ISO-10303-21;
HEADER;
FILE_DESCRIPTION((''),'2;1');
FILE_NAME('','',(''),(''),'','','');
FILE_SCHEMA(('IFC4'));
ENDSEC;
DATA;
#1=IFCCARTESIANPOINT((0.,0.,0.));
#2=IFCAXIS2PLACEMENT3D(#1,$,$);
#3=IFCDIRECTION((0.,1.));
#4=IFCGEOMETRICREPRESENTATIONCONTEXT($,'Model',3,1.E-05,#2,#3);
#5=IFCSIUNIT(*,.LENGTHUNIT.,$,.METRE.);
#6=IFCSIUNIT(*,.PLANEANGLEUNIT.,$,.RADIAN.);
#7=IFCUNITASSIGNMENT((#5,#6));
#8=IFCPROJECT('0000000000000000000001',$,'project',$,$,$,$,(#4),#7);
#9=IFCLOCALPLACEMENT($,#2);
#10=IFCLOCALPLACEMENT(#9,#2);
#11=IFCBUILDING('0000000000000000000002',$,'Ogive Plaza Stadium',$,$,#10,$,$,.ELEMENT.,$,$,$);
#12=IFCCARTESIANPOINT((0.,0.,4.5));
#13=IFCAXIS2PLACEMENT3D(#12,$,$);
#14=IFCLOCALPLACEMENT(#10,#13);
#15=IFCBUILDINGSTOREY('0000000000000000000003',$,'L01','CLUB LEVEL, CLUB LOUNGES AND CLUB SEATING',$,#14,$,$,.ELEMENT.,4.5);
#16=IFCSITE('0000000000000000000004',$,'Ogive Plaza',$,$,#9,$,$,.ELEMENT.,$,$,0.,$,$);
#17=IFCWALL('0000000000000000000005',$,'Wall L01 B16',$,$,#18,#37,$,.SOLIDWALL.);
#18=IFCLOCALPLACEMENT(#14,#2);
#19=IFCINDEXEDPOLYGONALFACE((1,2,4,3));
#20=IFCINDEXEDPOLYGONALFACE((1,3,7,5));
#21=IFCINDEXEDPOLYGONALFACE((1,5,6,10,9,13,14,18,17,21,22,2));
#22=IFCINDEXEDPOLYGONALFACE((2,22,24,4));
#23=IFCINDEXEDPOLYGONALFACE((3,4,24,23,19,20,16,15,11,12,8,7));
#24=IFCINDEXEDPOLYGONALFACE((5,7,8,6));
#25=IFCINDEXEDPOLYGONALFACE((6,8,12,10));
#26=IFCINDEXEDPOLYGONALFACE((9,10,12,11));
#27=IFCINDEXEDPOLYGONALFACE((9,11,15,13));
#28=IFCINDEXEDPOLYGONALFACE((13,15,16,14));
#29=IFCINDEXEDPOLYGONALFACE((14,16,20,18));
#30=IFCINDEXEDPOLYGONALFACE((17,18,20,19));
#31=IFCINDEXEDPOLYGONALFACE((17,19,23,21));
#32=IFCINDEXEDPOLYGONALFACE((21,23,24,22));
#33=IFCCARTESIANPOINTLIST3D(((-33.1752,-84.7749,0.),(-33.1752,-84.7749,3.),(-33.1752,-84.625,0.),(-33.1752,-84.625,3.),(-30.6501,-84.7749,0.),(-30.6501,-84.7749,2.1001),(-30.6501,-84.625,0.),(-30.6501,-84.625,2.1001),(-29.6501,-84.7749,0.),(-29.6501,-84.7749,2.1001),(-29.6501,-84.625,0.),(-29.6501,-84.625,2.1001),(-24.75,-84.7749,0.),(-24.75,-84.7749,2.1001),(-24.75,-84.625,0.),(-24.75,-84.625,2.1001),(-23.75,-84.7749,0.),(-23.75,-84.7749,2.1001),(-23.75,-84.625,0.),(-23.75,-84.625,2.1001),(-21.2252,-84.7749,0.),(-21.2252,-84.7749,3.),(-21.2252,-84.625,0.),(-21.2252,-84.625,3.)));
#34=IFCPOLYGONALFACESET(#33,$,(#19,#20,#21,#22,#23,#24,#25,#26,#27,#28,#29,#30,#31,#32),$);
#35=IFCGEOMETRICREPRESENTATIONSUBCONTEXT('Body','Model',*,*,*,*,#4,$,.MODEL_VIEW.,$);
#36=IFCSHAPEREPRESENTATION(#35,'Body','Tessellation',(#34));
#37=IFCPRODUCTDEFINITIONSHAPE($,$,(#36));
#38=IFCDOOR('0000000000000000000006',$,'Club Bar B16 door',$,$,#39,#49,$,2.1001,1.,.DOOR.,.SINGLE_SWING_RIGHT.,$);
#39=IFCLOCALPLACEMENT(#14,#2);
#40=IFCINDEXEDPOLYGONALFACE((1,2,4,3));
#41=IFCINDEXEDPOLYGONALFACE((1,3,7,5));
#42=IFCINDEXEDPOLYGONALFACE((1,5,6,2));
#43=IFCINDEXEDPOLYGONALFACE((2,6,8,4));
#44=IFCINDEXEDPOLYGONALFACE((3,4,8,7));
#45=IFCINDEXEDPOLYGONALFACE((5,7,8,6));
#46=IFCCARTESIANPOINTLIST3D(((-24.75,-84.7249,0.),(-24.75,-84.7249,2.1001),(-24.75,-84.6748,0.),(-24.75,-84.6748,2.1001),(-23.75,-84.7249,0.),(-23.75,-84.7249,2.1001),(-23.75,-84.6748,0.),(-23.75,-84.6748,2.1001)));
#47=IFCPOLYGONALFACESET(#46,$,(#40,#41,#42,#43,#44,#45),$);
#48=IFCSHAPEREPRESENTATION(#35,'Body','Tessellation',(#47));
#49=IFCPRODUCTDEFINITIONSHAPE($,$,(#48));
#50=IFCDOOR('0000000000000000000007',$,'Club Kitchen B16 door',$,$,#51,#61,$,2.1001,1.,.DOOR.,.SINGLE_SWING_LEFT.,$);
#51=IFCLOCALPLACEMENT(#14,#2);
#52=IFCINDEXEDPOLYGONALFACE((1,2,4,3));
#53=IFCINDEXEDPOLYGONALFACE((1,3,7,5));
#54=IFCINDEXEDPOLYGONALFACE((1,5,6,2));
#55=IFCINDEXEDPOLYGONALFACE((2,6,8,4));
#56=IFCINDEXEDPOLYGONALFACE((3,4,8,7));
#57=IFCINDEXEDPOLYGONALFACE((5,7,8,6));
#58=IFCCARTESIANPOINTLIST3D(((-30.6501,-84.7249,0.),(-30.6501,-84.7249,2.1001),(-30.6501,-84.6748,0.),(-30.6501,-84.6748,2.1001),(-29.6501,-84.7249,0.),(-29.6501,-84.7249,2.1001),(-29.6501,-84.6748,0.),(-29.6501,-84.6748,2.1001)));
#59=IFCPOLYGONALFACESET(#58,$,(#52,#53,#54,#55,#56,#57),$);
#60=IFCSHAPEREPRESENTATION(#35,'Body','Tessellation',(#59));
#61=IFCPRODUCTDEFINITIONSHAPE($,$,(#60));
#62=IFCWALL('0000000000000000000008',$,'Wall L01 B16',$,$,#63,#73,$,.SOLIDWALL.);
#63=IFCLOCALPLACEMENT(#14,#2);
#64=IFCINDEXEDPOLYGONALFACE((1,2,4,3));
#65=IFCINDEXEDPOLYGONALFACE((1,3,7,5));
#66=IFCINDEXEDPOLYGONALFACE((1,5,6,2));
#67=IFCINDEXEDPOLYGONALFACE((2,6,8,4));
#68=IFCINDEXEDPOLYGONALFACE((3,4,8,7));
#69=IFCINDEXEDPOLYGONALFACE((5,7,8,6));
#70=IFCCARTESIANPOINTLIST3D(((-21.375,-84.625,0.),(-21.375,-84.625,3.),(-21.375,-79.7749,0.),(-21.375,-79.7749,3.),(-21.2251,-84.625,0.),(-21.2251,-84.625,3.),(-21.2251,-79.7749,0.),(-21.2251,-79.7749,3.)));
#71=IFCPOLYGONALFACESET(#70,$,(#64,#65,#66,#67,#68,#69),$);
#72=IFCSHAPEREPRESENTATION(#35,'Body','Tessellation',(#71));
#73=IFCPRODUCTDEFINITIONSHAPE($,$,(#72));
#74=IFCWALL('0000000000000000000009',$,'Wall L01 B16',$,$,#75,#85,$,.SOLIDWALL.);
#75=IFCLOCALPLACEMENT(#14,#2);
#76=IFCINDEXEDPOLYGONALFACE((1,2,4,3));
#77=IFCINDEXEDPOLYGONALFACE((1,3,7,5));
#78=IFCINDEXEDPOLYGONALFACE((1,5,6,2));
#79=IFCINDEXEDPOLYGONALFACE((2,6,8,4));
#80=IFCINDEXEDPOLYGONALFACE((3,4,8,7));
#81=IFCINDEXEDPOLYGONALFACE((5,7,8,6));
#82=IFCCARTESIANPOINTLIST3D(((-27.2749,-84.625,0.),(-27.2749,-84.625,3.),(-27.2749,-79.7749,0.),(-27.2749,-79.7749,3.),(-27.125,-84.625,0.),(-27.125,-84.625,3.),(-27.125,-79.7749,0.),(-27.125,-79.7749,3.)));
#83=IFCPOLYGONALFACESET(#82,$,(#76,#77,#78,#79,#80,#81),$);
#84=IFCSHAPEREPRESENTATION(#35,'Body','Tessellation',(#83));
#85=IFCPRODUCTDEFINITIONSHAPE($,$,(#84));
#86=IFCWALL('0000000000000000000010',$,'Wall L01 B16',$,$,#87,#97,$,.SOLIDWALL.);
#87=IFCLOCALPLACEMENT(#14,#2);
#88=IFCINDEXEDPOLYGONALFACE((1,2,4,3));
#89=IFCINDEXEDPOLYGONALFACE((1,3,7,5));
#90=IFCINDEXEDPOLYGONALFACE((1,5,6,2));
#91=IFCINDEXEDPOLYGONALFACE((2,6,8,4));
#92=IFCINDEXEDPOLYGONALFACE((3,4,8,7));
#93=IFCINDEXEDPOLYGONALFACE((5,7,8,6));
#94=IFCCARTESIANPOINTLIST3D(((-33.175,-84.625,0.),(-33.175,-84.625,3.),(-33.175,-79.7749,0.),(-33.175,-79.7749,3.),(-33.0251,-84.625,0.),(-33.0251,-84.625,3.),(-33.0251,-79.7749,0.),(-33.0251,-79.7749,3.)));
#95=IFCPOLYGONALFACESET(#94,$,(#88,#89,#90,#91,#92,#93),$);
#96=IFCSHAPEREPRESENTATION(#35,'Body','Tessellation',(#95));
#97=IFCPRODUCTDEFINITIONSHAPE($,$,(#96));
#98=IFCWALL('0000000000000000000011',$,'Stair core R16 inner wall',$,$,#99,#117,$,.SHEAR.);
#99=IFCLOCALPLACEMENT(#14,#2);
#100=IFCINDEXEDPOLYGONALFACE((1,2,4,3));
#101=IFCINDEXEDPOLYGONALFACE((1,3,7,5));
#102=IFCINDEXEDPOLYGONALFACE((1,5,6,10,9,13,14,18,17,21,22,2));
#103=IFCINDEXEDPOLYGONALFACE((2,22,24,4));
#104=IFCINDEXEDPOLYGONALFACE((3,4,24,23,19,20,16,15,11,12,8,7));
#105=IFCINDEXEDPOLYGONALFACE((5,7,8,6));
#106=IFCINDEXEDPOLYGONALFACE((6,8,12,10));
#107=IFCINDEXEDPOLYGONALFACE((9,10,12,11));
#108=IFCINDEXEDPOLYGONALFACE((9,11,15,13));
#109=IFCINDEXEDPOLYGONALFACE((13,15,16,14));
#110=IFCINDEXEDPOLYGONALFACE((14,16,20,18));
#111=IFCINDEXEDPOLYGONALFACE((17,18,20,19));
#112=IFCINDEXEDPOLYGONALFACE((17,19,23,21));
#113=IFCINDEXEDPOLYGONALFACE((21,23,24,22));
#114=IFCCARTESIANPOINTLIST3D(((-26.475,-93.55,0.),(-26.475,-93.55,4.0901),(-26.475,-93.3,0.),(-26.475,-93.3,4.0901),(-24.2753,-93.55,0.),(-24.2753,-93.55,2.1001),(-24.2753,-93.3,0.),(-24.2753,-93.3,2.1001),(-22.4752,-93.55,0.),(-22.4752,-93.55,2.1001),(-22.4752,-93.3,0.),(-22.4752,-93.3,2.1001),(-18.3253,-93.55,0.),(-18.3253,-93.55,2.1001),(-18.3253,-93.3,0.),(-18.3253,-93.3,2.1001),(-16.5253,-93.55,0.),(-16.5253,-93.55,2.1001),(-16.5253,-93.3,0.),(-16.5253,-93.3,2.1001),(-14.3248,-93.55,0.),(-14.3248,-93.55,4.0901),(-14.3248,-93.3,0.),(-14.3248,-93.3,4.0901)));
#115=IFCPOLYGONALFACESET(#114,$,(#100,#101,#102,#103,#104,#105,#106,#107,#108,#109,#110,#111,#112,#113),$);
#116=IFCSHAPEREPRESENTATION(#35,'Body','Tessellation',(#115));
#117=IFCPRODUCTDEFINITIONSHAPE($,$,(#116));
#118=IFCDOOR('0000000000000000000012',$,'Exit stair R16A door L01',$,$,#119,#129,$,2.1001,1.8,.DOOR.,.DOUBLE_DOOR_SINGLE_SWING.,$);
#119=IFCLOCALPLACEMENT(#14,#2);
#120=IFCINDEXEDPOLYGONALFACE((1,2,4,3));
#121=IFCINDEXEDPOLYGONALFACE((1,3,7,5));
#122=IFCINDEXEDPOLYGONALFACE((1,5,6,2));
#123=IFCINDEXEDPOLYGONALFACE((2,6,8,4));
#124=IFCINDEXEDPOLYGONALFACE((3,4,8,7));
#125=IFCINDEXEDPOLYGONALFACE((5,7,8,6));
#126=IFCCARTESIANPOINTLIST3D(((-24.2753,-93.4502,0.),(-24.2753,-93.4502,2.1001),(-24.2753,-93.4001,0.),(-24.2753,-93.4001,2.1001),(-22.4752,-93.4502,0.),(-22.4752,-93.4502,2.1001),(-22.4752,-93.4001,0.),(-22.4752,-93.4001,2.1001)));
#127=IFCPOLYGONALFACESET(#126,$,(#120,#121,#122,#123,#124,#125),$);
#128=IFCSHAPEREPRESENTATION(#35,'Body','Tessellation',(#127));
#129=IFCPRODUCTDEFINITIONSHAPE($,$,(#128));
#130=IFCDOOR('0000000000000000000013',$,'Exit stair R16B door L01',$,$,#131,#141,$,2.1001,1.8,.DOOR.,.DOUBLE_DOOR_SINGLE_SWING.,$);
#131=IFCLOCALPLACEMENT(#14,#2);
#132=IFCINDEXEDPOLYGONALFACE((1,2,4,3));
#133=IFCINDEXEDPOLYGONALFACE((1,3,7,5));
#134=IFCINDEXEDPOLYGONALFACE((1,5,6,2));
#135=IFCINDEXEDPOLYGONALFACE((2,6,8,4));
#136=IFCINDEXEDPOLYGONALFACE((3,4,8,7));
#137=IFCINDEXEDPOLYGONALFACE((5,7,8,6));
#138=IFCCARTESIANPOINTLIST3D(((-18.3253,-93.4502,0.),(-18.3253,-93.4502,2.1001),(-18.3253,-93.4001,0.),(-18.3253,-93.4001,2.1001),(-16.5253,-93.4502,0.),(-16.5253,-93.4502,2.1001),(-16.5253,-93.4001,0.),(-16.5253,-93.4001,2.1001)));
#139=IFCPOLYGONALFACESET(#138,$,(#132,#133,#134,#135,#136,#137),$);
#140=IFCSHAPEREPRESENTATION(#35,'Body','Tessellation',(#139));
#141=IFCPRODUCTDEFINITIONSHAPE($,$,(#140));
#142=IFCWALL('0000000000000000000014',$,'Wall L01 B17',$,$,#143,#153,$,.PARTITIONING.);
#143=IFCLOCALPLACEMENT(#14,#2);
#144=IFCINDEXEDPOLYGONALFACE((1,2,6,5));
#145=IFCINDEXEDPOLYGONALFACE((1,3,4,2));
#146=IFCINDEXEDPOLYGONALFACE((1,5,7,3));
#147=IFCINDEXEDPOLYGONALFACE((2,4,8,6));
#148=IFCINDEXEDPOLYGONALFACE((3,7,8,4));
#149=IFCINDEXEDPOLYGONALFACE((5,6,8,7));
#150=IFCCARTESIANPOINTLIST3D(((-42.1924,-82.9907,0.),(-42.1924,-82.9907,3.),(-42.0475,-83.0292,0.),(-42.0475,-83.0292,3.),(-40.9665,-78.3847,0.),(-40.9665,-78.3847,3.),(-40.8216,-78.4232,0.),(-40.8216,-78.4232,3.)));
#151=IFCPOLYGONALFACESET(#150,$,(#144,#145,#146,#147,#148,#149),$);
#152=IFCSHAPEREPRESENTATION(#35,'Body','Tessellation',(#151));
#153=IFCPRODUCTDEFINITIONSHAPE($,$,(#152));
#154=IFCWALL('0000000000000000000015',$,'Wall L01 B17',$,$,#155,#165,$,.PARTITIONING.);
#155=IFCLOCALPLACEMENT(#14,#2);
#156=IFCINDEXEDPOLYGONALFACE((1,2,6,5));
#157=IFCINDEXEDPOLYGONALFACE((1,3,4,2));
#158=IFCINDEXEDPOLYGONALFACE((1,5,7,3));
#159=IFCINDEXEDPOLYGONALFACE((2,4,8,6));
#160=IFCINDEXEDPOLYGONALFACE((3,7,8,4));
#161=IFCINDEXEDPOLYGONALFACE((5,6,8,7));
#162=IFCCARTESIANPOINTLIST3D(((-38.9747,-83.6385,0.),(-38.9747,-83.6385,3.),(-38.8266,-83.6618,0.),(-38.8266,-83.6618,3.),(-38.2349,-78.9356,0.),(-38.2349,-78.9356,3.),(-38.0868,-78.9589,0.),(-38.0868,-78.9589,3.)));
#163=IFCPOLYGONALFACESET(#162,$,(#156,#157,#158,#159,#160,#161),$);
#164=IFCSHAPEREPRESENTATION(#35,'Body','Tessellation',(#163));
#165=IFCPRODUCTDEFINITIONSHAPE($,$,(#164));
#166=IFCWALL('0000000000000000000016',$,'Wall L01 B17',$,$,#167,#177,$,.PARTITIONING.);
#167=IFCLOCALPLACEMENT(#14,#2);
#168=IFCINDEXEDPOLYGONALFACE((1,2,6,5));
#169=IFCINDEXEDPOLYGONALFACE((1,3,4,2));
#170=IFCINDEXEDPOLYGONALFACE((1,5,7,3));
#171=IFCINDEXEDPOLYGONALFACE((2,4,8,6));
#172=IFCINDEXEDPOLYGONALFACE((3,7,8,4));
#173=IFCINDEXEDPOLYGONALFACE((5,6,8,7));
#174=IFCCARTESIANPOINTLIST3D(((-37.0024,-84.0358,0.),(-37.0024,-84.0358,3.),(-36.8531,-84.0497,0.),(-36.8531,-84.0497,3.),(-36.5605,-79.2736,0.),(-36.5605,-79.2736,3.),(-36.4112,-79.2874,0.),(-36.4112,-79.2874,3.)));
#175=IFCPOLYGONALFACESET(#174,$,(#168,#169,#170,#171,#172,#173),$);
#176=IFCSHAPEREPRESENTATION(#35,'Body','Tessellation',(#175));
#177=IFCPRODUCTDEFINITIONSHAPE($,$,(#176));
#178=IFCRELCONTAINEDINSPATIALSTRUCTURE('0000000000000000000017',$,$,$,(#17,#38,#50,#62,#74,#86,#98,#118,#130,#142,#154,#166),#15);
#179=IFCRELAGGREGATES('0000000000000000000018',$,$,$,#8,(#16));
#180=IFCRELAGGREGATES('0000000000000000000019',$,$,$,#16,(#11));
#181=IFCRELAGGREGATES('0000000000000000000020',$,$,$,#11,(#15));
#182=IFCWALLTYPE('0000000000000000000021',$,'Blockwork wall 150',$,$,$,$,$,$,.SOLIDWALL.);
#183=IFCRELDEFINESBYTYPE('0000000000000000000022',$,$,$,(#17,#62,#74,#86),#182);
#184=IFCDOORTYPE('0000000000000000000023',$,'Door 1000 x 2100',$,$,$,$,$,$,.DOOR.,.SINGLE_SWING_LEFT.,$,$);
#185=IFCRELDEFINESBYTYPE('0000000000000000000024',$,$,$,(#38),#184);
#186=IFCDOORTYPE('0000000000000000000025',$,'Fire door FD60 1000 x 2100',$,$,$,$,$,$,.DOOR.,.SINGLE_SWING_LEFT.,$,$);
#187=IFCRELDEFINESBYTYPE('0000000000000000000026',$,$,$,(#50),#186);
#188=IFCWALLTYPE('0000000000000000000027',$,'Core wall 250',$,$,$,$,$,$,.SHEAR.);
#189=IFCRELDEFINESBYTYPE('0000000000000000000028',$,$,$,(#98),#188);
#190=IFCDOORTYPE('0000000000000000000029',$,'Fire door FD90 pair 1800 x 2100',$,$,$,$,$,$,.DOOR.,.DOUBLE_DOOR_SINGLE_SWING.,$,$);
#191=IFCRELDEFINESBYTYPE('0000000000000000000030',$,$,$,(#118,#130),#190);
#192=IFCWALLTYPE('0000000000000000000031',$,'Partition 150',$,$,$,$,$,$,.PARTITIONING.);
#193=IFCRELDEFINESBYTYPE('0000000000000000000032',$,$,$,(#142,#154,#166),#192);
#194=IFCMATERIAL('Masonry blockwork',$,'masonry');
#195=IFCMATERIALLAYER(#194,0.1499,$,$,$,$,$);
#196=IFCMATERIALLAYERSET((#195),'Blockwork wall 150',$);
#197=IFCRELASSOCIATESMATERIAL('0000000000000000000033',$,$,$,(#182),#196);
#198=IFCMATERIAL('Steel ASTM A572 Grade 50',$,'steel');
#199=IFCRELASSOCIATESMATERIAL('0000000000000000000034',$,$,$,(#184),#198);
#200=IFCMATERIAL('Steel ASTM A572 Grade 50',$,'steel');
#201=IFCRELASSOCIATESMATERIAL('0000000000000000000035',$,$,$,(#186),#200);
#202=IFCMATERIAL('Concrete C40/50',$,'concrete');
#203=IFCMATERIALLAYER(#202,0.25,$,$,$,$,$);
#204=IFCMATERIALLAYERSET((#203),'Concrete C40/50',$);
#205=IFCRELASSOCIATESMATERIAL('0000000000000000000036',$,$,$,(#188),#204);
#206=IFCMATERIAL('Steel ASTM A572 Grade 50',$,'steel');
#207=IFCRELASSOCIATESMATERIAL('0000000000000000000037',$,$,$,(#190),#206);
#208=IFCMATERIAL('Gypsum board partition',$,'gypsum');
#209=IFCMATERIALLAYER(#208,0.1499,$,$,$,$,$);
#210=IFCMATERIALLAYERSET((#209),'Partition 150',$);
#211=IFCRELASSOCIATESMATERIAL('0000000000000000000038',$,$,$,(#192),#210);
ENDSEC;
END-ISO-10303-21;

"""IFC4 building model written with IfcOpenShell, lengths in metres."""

from ifc_helpers import new_model, si_unit, direction, frame, frame_2d, origin, place, context, subcontext, project, spatial, rectangle, extrude, material, layer, layer_set, type_object, element, fill, save


model = new_model("IFC4")

# Units and contexts
model_context = context("Model", 3, precision=1e-05, world=origin(), true_north=direction((0.0, 1.0)))
body_context = subcontext(model_context, "Body", "Model", "MODEL_VIEW")
ifc_project = project(units=[si_unit("LENGTHUNIT", "METRE"), si_unit("PLANEANGLEUNIT", "RADIAN")], contexts=[model_context])

# Site, building, storey
site_placement = place(None, origin())
site = spatial("IfcSite", under=ifc_project, at=site_placement, Name="Ogive Plaza", CompositionType="ELEMENT", RefElevation=0.0)
building_placement = place(site_placement, origin())
building = spatial("IfcBuilding", under=site, at=building_placement, Name="Ogive Plaza Stadium", CompositionType="ELEMENT")
storey_placement = place(building_placement, frame((0.0, 0.0, 4.5)))
storey = spatial("IfcBuildingStorey", under=building, at=storey_placement, Name="L01", Description="CLUB LEVEL, CLUB LOUNGES AND CLUB SEATING", CompositionType="ELEMENT", Elevation=4.5)

# Shared definitions
ifc_material_1 = material(Name="Masonry blockwork", Category="masonry")
ifc_layer_1 = layer(ifc_material_1, 0.1499)
ifc_layer_set_1 = layer_set([ifc_layer_1], Name="Blockwork wall 150")
wall_type_1 = type_object("IfcWallType", Name="Blockwork wall 150", PredefinedType="SOLIDWALL", material=ifc_layer_set_1)

# Wall, openings, doors
wall_1_placement = place(storey_placement, frame((-21.2251, -84.7, 0.0), z_axis=(0.0, 0.0, 1.0), x_axis=(-1.0, 0.0, 0.0)))
wall_1 = element("IfcWall", 1, at=wall_1_placement, inside=storey, type_object=wall_type_1, Name="Wall L01 B16", PredefinedType="SOLIDWALL", context=body_context, shape_type="SweptSolid", body=[
    extrude(rectangle(XDim=11.95, YDim=0.1499, at=frame_2d((5.9751, 0.0))), origin(), (0.0, 0.0, 1.0), 3.0),
])
opening_1_placement = place(wall_1_placement, frame((2.5249, 0.0, 0.0)))
opening_1 = element("IfcOpeningElement", 2, at=opening_1_placement, cuts=wall_1, PredefinedType="OPENING", context=body_context, shape_type="SweptSolid", body=[
    extrude(rectangle(XDim=1.0, YDim=2.1001, at=frame_2d((0.5, 1.05))), frame((0.0, 0.075, 0.0), z_axis=(0.0, -1.0, 0.0), x_axis=(1.0, 0.0, 0.0)), (0.0, 0.0, 1.0), 0.1499),
])
opening_2_placement = place(wall_1_placement, frame((8.425, 0.0, 0.0)))
opening_2 = element("IfcOpeningElement", 3, at=opening_2_placement, cuts=wall_1, PredefinedType="OPENING", context=body_context, shape_type="SweptSolid", body=[
    extrude(rectangle(XDim=1.0, YDim=2.1001, at=frame_2d((0.5, 1.05))), frame((0.0, 0.075, 0.0), z_axis=(0.0, -1.0, 0.0), x_axis=(1.0, 0.0, 0.0)), (0.0, 0.0, 1.0), 0.1499),
])
ifc_material_2 = material(Name="Steel ASTM A572 Grade 50", Category="steel")
door_type_1 = type_object("IfcDoorType", Name="Door 1000 x 2100", OperationType="SINGLE_SWING_LEFT", PredefinedType="DOOR", material=ifc_material_2)
door_1_placement = place(opening_1_placement, origin())
door_1 = element("IfcDoor", 4, at=door_1_placement, inside=storey, type_object=door_type_1, Name="Club Bar B16 door", OperationType="SINGLE_SWING_RIGHT", OverallHeight=2.1001, OverallWidth=1.0, PredefinedType="DOOR", context=body_context, shape_type="SweptSolid", body=[
    extrude(rectangle(XDim=1.0, YDim=2.1001, at=frame_2d((0.5, 1.05))), frame((0.0, 0.0249, 0.0), z_axis=(0.0, -1.0, 0.0), x_axis=(1.0, 0.0, 0.0)), (0.0, 0.0, 1.0), 0.05),
])
fill(opening_1, door_1)
ifc_material_3 = material(Name="Steel ASTM A572 Grade 50", Category="steel")
door_type_2 = type_object("IfcDoorType", Name="Fire door FD60 1000 x 2100", OperationType="SINGLE_SWING_LEFT", PredefinedType="DOOR", material=ifc_material_3)
door_2_placement = place(opening_2_placement, origin())
door_2 = element("IfcDoor", 5, at=door_2_placement, inside=storey, type_object=door_type_2, Name="Club Kitchen B16 door", OperationType="SINGLE_SWING_LEFT", OverallHeight=2.1001, OverallWidth=1.0, PredefinedType="DOOR", context=body_context, shape_type="SweptSolid", body=[
    extrude(rectangle(XDim=1.0, YDim=2.1001, at=frame_2d((0.5, 1.05))), frame((0.0, 0.0249, 0.0), z_axis=(0.0, -1.0, 0.0), x_axis=(1.0, 0.0, 0.0)), (0.0, 0.0, 1.0), 0.05),
])
fill(opening_2, door_2)

# Walls
for number, where, z_axis, x_axis, name in (
    (6, (-21.3, -79.7749, 0.0), (0.0, 0.0, 1.0), (0.0, -1.0, 0.0), "Wall L01 B16"),
    (7, (-27.2, -79.7749, 0.0), (0.0, 0.0, 1.0), (0.0, -1.0, 0.0), "Wall L01 B16"),
    (8, (-33.1001, -79.7749, 0.0), (0.0, 0.0, 1.0), (0.0, -1.0, 0.0), "Wall L01 B16"),
):
    element("IfcWall", number, at=place(storey_placement, frame(where, z_axis=z_axis, x_axis=x_axis)), inside=storey, type_object=wall_type_1, Name=name, PredefinedType="SOLIDWALL", context=body_context, shape_type="SweptSolid", body=[
        extrude(rectangle(XDim=4.8501, YDim=0.1499, at=frame_2d((2.425, 0.0))), origin(), (0.0, 0.0, 1.0), 3.0),
    ])

# Wall, openings, doors
ifc_material_4 = material(Name="Concrete C40/50", Category="concrete")
ifc_layer_2 = layer(ifc_material_4, 0.25)
ifc_layer_set_2 = layer_set([ifc_layer_2], Name="Concrete C40/50")
wall_type_2 = type_object("IfcWallType", Name="Core wall 250", PredefinedType="SHEAR", material=ifc_layer_set_2)
wall_2_placement = place(storey_placement, frame((-26.4751, -93.425, 0.0), z_axis=(0.0, 0.0, 1.0), x_axis=(1.0, 0.0, 0.0)))
wall_2 = element("IfcWall", 9, at=wall_2_placement, inside=storey, type_object=wall_type_2, Name="Stair core R16 inner wall", PredefinedType="SHEAR", context=body_context, shape_type="SweptSolid", body=[
    extrude(rectangle(XDim=12.1501, YDim=0.25, at=frame_2d((6.0752, 0.0))), origin(), (0.0, 0.0, 1.0), 4.0901),
])
opening_3_placement = place(wall_2_placement, frame((2.2, 0.0, 0.0)))
opening_3 = element("IfcOpeningElement", 10, at=opening_3_placement, cuts=wall_2, PredefinedType="OPENING", context=body_context, shape_type="SweptSolid", body=[
    extrude(rectangle(XDim=1.8, YDim=2.1001, at=frame_2d((0.8999, 1.05))), frame((0.0, 0.125, 0.0), z_axis=(0.0, -1.0, 0.0), x_axis=(1.0, 0.0, 0.0)), (0.0, 0.0, 1.0), 0.25),
])
opening_4_placement = place(wall_2_placement, frame((8.1499, 0.0, 0.0)))
opening_4 = element("IfcOpeningElement", 11, at=opening_4_placement, cuts=wall_2, PredefinedType="OPENING", context=body_context, shape_type="SweptSolid", body=[
    extrude(rectangle(XDim=1.8, YDim=2.1001, at=frame_2d((0.8999, 1.05))), frame((0.0, 0.125, 0.0), z_axis=(0.0, -1.0, 0.0), x_axis=(1.0, 0.0, 0.0)), (0.0, 0.0, 1.0), 0.25),
])
ifc_material_5 = material(Name="Steel ASTM A572 Grade 50", Category="steel")
door_type_3 = type_object("IfcDoorType", Name="Fire door FD90 pair 1800 x 2100", OperationType="DOUBLE_DOOR_SINGLE_SWING", PredefinedType="DOOR", material=ifc_material_5)
door_3_placement = place(opening_3_placement, origin())
door_3 = element("IfcDoor", 12, at=door_3_placement, inside=storey, type_object=door_type_3, Name="Exit stair R16A door L01", OperationType="DOUBLE_DOOR_SINGLE_SWING", OverallHeight=2.1001, OverallWidth=1.8, PredefinedType="DOOR", context=body_context, shape_type="SweptSolid", body=[
    extrude(rectangle(XDim=1.8, YDim=2.1001, at=frame_2d((0.8999, 1.05))), frame((0.0, 0.0249, 0.0), z_axis=(0.0, -1.0, 0.0), x_axis=(1.0, 0.0, 0.0)), (0.0, 0.0, 1.0), 0.05),
])
fill(opening_3, door_3)
door_4_placement = place(opening_4_placement, origin())
door_4 = element("IfcDoor", 13, at=door_4_placement, inside=storey, type_object=door_type_3, Name="Exit stair R16B door L01", OperationType="DOUBLE_DOOR_SINGLE_SWING", OverallHeight=2.1001, OverallWidth=1.8, PredefinedType="DOOR", context=body_context, shape_type="SweptSolid", body=[
    extrude(rectangle(XDim=1.8, YDim=2.1001, at=frame_2d((0.8999, 1.05))), frame((0.0, 0.0249, 0.0), z_axis=(0.0, -1.0, 0.0), x_axis=(1.0, 0.0, 0.0)), (0.0, 0.0, 1.0), 0.05),
])
fill(opening_4, door_4)

# Walls
ifc_material_6 = material(Name="Gypsum board partition", Category="gypsum")
ifc_layer_3 = layer(ifc_material_6, 0.1499)
ifc_layer_set_3 = layer_set([ifc_layer_3], Name="Partition 150")
wall_type_3 = type_object("IfcWallType", Name="Partition 150", PredefinedType="PARTITIONING", material=ifc_layer_set_3)
wall_3_placement = place(storey_placement, frame((-40.894, -78.4038, 0.0), z_axis=(0.0, 0.0, 1.0), x_axis=(-0.257188, -0.966361, 0.0)))
element("IfcWall", 14, at=wall_3_placement, inside=storey, type_object=wall_type_3, Name="Wall L01 B17", PredefinedType="PARTITIONING", context=body_context, shape_type="SweptSolid", body=[
    extrude(rectangle(XDim=4.7664, YDim=0.1499, at=frame_2d((2.3833, 0.0))), origin(), (0.0, 0.0, 1.0), 3.0),
])
wall_4_placement = place(storey_placement, frame((-38.1609, -78.9473, 0.0), z_axis=(0.0, 0.0, 1.0), x_axis=(-0.155386, -0.987854, 0.0)))
element("IfcWall", 15, at=wall_4_placement, inside=storey, type_object=wall_type_3, Name="Wall L01 B17", PredefinedType="PARTITIONING", context=body_context, shape_type="SweptSolid", body=[
    extrude(rectangle(XDim=4.7607, YDim=0.1499, at=frame_2d((2.3804, 0.0))), origin(), (0.0, 0.0, 1.0), 3.0),
])
wall_5_placement = place(storey_placement, frame((-36.4858, -79.2805, 0.0), z_axis=(0.0, 0.0, 1.0), x_axis=(-0.092395, -0.995722, 0.0)))
element("IfcWall", 16, at=wall_5_placement, inside=storey, type_object=wall_type_3, Name="Wall L01 B17", PredefinedType="PARTITIONING", context=body_context, shape_type="SweptSolid", body=[
    extrude(rectangle(XDim=4.7827, YDim=0.1499, at=frame_2d((2.3914, 0.0))), origin(), (0.0, 0.0, 1.0), 3.0),
])

save(model, "model.ifc")
